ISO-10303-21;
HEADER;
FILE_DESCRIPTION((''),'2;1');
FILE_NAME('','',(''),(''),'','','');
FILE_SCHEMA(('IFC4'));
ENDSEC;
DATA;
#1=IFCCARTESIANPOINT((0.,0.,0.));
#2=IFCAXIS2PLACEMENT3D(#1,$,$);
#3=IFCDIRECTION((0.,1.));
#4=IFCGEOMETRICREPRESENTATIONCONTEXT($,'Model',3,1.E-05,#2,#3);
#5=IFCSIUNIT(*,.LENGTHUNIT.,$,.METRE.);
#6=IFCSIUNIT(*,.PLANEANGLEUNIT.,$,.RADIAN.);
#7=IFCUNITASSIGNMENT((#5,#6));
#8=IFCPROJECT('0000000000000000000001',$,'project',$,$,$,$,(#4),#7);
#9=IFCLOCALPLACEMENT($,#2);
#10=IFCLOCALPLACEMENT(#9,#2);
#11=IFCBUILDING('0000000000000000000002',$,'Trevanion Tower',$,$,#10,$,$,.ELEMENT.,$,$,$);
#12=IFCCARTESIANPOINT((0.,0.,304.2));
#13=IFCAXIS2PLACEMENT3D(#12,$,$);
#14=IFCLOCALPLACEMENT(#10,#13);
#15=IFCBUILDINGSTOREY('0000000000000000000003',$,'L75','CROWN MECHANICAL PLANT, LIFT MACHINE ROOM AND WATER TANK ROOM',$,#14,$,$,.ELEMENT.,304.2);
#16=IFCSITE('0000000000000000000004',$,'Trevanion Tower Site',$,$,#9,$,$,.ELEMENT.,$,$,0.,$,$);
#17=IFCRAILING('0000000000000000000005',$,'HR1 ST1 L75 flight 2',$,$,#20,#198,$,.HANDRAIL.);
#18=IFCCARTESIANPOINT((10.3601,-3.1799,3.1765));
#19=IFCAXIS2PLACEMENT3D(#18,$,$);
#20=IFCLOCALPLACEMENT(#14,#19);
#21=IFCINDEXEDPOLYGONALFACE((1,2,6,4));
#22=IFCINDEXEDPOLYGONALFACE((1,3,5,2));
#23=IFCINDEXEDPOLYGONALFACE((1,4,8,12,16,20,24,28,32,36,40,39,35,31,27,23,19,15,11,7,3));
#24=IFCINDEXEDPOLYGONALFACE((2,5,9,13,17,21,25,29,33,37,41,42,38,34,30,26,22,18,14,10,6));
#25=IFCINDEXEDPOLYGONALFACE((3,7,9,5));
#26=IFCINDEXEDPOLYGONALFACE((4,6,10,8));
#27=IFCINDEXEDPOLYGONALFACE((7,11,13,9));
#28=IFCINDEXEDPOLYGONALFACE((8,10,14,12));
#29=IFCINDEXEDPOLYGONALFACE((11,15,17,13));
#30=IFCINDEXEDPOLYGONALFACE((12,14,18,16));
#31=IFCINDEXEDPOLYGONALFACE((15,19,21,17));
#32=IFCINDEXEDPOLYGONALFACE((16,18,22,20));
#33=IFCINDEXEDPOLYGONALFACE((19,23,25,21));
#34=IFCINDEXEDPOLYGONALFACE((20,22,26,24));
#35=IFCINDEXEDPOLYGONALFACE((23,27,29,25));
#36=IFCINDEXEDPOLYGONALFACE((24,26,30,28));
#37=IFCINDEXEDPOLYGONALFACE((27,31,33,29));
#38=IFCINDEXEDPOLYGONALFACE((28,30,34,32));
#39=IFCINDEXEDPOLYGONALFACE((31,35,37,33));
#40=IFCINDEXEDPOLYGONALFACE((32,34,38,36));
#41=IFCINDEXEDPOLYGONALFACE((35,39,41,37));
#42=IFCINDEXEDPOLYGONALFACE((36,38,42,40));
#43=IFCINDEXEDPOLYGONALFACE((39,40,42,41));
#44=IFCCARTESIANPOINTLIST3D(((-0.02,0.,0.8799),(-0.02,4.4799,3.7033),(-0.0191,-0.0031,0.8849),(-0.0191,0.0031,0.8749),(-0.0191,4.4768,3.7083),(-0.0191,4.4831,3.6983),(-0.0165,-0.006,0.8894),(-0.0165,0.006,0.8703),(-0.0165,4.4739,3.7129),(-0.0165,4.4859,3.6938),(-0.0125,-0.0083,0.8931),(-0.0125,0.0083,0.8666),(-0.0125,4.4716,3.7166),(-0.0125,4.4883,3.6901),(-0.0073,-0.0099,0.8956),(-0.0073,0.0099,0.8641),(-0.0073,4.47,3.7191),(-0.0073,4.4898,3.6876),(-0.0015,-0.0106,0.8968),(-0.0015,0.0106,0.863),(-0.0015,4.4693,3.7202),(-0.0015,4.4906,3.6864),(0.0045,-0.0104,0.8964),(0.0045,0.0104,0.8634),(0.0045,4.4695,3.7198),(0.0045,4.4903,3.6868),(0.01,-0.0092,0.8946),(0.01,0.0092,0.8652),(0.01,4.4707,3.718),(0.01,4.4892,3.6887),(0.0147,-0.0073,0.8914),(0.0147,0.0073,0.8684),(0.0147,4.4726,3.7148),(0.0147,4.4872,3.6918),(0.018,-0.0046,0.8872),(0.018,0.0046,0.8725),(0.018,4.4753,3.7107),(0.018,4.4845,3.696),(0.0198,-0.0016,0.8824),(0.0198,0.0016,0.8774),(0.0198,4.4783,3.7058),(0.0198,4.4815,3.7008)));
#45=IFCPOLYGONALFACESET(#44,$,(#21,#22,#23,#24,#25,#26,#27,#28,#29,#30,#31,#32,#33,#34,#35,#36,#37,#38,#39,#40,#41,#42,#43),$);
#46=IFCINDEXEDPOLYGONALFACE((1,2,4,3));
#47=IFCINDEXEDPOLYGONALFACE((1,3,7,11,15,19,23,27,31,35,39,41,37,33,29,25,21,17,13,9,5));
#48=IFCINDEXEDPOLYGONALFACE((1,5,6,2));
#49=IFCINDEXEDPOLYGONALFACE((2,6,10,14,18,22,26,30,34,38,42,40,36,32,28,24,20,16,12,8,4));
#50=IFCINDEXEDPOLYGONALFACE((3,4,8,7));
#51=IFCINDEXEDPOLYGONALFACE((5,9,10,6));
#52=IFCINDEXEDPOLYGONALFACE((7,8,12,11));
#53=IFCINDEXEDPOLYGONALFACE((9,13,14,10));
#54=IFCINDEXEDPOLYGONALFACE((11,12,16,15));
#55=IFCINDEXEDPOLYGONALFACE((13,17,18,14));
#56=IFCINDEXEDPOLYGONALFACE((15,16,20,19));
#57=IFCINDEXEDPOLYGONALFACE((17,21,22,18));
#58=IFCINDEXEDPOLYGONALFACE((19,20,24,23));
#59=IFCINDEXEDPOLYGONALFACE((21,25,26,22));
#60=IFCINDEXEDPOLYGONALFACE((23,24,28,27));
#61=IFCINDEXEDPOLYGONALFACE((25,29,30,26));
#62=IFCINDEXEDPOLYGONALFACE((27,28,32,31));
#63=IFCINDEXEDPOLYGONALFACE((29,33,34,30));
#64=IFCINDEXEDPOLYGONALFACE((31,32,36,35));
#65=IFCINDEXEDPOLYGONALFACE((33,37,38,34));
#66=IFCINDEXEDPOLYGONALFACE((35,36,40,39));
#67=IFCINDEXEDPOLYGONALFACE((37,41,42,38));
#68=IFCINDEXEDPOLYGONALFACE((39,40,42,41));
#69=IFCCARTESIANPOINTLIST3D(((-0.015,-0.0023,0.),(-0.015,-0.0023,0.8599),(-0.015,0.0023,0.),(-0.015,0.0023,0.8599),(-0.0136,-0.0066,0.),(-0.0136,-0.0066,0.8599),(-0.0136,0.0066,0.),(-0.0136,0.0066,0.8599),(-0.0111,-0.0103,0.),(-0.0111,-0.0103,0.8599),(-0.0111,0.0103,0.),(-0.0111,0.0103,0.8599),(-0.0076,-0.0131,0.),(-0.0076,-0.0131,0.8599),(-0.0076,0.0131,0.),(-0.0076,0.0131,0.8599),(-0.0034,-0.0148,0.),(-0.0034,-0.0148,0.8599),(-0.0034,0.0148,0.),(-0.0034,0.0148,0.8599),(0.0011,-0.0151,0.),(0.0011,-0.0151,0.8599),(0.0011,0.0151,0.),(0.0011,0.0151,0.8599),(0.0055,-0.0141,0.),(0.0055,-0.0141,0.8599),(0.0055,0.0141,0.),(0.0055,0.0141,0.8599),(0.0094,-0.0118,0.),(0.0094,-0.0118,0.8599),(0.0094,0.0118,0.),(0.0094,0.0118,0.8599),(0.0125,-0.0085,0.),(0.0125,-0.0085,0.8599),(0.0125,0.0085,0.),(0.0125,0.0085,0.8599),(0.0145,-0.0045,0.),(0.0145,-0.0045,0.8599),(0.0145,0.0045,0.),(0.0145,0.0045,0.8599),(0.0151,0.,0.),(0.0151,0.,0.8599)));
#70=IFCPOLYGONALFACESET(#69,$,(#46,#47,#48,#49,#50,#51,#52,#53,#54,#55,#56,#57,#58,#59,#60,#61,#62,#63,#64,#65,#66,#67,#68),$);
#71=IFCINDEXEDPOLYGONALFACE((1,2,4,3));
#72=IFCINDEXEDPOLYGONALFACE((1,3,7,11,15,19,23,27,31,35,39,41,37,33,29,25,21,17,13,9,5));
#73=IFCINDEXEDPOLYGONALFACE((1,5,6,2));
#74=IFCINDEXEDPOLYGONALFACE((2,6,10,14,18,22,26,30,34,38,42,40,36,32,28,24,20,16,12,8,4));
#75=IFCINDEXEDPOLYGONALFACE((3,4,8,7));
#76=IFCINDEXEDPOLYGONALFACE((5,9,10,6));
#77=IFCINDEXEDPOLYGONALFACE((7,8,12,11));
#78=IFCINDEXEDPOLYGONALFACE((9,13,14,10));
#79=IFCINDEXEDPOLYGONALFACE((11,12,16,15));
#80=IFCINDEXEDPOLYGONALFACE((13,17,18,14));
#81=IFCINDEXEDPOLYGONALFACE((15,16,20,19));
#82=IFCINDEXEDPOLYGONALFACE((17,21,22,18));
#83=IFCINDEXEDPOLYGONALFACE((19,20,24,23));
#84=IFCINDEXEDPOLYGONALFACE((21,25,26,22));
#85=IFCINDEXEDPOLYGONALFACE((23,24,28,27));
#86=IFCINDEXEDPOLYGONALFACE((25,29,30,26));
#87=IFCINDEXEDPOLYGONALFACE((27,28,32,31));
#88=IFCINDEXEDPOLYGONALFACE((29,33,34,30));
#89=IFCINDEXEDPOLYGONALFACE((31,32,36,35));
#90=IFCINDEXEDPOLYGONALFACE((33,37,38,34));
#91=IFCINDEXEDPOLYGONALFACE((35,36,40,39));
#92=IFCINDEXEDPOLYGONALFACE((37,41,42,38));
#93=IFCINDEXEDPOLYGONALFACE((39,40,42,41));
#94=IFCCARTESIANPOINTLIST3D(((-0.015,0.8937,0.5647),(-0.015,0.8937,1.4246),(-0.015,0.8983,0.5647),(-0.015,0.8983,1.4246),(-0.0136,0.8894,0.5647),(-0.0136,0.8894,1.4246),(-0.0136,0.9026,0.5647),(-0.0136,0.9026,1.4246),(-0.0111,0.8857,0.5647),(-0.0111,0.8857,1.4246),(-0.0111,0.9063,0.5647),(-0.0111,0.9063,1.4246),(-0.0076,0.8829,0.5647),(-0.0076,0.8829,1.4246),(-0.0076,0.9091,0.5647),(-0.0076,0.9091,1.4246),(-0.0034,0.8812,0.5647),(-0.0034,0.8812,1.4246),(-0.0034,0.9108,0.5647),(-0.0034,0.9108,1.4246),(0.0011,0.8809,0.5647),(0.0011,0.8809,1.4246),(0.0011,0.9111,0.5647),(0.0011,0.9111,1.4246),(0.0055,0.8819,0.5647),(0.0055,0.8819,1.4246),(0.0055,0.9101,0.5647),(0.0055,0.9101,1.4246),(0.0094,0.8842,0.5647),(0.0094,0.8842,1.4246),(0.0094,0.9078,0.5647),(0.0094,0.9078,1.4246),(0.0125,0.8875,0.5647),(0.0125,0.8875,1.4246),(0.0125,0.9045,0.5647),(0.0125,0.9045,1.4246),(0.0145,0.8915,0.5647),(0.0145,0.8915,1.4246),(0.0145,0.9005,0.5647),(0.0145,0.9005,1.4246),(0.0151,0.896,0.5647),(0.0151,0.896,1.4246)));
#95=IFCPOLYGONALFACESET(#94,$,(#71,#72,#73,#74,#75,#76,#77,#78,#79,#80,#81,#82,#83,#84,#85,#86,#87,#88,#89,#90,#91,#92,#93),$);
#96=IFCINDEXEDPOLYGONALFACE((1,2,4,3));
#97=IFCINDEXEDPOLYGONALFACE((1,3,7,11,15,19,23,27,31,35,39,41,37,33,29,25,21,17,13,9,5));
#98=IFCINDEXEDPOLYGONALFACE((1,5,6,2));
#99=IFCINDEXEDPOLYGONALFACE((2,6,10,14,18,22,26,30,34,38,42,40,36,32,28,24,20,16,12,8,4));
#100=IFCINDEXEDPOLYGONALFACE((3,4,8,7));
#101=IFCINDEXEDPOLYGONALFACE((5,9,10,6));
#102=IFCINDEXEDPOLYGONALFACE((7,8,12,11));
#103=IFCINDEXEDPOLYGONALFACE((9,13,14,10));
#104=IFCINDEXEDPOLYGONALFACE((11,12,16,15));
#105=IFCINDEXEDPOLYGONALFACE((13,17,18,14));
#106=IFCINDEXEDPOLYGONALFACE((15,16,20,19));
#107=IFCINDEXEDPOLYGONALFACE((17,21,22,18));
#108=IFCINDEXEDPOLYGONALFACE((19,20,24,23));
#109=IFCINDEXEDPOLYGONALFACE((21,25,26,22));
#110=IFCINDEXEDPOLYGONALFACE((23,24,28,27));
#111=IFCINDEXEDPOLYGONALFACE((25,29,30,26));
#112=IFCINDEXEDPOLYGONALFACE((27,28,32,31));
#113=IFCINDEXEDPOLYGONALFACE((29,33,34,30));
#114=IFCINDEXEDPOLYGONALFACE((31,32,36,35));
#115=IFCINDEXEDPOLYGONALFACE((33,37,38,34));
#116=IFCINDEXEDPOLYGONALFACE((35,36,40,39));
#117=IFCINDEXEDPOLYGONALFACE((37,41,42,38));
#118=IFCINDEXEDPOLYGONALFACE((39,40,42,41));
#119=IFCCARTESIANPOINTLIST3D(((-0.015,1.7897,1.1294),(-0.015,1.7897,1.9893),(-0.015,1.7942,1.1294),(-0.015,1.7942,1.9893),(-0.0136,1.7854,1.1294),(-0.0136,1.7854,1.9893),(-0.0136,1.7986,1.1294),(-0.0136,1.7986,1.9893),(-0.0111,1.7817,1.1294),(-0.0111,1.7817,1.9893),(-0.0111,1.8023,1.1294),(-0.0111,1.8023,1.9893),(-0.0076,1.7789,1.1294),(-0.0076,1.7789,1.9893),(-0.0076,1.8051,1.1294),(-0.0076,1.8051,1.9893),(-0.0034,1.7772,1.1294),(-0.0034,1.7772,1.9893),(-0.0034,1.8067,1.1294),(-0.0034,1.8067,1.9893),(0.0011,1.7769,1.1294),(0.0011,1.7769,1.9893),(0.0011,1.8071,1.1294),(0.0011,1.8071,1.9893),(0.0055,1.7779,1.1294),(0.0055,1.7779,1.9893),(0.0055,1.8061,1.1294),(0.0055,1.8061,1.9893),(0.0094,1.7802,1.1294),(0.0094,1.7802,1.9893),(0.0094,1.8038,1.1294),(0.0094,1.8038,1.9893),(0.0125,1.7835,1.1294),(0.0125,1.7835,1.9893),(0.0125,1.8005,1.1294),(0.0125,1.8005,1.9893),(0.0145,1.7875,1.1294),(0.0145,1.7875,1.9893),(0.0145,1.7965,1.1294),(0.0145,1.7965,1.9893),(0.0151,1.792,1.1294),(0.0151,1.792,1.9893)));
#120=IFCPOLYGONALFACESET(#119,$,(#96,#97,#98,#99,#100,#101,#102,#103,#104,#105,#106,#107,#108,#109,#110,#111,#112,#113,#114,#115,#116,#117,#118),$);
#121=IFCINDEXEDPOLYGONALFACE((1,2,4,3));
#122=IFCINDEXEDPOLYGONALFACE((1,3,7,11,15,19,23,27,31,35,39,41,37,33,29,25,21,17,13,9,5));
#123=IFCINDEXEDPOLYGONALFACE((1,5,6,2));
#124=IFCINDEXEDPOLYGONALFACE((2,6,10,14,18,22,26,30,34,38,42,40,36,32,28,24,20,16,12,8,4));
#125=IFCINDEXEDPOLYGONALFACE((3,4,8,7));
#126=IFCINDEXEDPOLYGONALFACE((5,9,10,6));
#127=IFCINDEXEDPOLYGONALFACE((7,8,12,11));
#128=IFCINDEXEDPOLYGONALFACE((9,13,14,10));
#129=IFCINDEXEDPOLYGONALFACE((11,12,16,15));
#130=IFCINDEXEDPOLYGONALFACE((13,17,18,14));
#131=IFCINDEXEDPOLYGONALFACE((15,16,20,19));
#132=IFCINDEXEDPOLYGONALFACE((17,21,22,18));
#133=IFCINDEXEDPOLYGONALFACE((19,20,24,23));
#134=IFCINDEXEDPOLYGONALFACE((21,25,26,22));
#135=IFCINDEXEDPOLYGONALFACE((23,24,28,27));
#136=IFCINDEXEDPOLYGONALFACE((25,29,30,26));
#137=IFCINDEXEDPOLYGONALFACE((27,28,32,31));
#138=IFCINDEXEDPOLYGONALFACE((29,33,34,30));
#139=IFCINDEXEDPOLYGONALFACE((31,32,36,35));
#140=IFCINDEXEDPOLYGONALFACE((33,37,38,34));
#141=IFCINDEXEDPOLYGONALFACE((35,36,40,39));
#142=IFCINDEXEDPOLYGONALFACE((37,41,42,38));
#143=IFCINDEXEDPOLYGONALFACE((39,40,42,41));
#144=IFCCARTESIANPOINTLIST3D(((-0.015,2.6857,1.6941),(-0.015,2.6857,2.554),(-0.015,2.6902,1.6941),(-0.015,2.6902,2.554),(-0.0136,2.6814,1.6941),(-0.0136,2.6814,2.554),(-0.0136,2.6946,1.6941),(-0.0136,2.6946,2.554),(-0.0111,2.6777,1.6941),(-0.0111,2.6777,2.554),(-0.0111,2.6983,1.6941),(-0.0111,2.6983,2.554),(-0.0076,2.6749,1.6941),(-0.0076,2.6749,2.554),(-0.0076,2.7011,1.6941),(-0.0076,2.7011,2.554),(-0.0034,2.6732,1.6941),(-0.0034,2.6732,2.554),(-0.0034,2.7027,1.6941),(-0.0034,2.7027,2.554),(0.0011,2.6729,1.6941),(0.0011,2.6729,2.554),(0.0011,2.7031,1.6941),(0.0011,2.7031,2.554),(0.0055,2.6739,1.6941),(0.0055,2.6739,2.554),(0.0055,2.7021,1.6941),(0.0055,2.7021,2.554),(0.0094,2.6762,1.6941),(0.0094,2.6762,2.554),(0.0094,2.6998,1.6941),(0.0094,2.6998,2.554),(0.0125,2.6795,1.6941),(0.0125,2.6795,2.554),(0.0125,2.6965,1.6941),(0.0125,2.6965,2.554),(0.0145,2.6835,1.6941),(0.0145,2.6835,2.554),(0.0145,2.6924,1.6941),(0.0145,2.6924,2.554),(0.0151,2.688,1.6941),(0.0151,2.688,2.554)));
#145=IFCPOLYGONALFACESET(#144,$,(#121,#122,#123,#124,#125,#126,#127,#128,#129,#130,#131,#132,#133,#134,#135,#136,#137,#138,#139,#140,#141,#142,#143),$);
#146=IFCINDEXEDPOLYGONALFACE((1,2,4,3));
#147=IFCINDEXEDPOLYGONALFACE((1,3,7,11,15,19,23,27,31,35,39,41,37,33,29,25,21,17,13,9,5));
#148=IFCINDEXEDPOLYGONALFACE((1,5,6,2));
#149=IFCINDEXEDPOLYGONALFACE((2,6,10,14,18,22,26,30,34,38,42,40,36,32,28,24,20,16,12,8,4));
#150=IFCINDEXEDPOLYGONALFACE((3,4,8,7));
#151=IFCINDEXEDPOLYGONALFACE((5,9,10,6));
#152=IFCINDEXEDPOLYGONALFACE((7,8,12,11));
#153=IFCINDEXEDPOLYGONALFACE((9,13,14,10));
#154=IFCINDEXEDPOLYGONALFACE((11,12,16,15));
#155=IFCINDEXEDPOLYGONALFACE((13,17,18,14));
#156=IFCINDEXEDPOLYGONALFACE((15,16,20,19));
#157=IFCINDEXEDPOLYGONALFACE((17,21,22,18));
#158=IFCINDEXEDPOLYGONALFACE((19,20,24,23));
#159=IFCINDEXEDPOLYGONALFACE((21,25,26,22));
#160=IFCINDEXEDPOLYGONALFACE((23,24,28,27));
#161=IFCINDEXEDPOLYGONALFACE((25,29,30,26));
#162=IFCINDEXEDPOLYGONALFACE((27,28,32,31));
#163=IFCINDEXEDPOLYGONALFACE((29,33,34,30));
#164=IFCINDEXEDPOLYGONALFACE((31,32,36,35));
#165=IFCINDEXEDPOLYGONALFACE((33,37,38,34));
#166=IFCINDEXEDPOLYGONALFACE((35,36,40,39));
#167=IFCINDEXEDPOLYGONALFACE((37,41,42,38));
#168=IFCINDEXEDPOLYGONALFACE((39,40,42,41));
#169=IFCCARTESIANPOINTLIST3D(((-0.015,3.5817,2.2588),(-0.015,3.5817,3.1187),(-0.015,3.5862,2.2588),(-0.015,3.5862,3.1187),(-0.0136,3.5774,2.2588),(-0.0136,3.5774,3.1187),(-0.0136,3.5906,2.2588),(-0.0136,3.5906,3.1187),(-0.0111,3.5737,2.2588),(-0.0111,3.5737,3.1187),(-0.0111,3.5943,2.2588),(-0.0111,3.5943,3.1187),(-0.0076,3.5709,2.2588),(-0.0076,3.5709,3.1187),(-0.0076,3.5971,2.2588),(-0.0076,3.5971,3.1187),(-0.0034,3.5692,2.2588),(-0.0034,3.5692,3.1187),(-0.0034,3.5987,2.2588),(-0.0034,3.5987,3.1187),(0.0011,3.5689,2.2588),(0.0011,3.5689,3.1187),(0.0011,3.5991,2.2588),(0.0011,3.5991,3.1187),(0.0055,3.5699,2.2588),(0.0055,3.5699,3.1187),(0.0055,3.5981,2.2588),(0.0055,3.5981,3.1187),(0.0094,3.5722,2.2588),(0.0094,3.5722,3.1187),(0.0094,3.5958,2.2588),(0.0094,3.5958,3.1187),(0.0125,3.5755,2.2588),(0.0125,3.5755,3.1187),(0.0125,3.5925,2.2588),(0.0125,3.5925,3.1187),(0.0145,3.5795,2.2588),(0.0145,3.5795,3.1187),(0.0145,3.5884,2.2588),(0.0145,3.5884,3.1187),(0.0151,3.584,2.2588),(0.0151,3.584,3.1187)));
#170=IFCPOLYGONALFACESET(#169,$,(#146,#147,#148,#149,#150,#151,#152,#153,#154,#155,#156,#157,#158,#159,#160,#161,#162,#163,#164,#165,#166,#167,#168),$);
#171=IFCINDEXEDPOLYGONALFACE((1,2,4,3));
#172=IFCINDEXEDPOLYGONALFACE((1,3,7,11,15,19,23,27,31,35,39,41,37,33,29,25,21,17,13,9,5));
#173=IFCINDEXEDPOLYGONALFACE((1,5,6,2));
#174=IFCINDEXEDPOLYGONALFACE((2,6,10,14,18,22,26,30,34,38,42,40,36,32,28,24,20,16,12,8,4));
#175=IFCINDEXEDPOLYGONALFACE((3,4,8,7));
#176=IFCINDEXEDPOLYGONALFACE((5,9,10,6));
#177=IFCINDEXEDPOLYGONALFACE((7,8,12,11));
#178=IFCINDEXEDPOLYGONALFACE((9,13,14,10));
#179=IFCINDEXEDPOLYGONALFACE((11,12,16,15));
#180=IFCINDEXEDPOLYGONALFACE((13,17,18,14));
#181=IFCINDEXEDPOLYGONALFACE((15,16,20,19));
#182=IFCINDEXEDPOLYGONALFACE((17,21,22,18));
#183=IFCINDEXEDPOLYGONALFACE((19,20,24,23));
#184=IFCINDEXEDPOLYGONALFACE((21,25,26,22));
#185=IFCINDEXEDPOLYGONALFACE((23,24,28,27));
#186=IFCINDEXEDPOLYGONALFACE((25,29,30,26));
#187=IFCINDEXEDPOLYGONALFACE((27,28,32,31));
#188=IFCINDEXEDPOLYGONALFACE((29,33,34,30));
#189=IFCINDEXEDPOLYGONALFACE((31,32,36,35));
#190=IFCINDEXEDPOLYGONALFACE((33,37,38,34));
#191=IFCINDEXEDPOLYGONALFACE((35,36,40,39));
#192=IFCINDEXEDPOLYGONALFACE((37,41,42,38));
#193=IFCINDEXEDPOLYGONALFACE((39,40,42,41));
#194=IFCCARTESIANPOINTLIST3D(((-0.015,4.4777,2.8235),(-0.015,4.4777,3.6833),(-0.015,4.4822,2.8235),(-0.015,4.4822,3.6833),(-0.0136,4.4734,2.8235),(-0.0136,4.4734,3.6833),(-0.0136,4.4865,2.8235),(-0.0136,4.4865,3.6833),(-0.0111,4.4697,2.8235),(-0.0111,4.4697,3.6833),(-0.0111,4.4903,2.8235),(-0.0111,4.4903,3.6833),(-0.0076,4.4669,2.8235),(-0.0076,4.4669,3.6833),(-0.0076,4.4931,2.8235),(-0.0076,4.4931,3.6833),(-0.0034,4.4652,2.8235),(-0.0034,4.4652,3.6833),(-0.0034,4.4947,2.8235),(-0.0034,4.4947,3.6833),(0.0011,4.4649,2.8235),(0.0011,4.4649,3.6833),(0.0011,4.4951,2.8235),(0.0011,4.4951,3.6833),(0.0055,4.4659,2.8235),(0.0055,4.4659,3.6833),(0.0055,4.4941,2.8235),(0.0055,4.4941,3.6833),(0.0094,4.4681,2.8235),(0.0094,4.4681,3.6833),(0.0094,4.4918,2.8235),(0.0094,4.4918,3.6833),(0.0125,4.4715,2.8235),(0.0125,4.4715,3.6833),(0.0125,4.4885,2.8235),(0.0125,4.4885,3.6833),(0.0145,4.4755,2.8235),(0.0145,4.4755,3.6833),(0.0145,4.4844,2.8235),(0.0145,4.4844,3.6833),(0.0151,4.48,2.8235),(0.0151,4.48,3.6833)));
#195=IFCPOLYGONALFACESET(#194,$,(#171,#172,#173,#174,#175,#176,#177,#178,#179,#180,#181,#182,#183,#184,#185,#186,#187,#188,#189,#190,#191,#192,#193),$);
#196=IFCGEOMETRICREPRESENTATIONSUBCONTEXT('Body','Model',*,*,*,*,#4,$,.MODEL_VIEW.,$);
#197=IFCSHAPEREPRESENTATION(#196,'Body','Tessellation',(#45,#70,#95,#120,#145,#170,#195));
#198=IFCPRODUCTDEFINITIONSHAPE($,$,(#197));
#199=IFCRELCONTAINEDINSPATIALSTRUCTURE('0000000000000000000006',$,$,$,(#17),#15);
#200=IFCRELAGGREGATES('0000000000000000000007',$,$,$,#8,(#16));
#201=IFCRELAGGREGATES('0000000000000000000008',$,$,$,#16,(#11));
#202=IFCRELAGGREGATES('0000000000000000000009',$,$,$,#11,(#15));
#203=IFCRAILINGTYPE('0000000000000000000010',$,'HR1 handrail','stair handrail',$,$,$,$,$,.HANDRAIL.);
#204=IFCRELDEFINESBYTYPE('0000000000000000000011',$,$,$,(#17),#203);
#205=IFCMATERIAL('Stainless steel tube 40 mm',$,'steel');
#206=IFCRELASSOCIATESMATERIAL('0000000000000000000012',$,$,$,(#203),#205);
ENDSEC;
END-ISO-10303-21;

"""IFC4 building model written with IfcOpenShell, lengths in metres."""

from ifc_helpers import new_model, si_unit, direction, frame, origin, origin_2d, place, context, subcontext, project, spatial, circle, extrude, material, type_object, element, save


model = new_model("IFC4")

# Units and contexts
model_context = context("Model", 3, precision=1e-05, world=origin(), true_north=direction((0.0, 1.0)))
body_context = subcontext(model_context, "Body", "Model", "MODEL_VIEW")
ifc_project = project(units=[si_unit("LENGTHUNIT", "METRE"), si_unit("PLANEANGLEUNIT", "RADIAN")], contexts=[model_context])

# Site, building, storey
site_placement = place(None, origin())
site = spatial("IfcSite", under=ifc_project, at=site_placement, Name="Trevanion Tower Site", CompositionType="ELEMENT", RefElevation=0.0)
building_placement = place(site_placement, origin())
building = spatial("IfcBuilding", under=site, at=building_placement, Name="Trevanion Tower", CompositionType="ELEMENT")
storey_placement = place(building_placement, frame((0.0, 0.0, 304.2)))
storey = spatial("IfcBuildingStorey", under=building, at=storey_placement, Name="L75", Description="CROWN MECHANICAL PLANT, LIFT MACHINE ROOM AND WATER TANK ROOM", CompositionType="ELEMENT", Elevation=304.2)

# Railing
ifc_material_1 = material(Name="Stainless steel tube 40 mm", Category="steel")
railing_type = type_object("IfcRailingType", Name="HR1 handrail", Description="stair handrail", PredefinedType="HANDRAIL", material=ifc_material_1)
for number, where, name in (
    (1, (10.3601, -3.1799, 3.1765), "HR1 ST1 L75 flight 2"),
):
    element("IfcRailing", number, at=place(storey_placement, frame(where)), inside=storey, type_object=railing_type, Name=name, PredefinedType="HANDRAIL", context=body_context, shape_type="SweptSolid", body=[
        extrude(circle(Radius=0.02, at=origin_2d()), frame((0.0, 0.0, 0.8799), z_axis=(0.0, 0.845998, 0.533186), x_axis=(-1.0, 0.0, 0.0)), (0.0, 0.0, 1.0), 5.2954),
        extrude(circle(Radius=0.0151, at=origin_2d()), origin(), (0.0, 0.0, 1.0), 0.8599),
        extrude(circle(Radius=0.0151, at=origin_2d()), frame((0.0, 0.896, 0.5647)), (0.0, 0.0, 1.0), 0.8599),
        extrude(circle(Radius=0.0151, at=origin_2d()), frame((0.0, 1.792, 1.1294)), (0.0, 0.0, 1.0), 0.8599),
        extrude(circle(Radius=0.0151, at=origin_2d()), frame((0.0, 2.688, 1.6941)), (0.0, 0.0, 1.0), 0.8599),
        extrude(circle(Radius=0.0151, at=origin_2d()), frame((0.0, 3.584, 2.2588)), (0.0, 0.0, 1.0), 0.8599),
        extrude(circle(Radius=0.0151, at=origin_2d()), frame((0.0, 4.48, 2.8235)), (0.0, 0.0, 1.0), 0.8599),
    ])

save(model, "model.ifc")
